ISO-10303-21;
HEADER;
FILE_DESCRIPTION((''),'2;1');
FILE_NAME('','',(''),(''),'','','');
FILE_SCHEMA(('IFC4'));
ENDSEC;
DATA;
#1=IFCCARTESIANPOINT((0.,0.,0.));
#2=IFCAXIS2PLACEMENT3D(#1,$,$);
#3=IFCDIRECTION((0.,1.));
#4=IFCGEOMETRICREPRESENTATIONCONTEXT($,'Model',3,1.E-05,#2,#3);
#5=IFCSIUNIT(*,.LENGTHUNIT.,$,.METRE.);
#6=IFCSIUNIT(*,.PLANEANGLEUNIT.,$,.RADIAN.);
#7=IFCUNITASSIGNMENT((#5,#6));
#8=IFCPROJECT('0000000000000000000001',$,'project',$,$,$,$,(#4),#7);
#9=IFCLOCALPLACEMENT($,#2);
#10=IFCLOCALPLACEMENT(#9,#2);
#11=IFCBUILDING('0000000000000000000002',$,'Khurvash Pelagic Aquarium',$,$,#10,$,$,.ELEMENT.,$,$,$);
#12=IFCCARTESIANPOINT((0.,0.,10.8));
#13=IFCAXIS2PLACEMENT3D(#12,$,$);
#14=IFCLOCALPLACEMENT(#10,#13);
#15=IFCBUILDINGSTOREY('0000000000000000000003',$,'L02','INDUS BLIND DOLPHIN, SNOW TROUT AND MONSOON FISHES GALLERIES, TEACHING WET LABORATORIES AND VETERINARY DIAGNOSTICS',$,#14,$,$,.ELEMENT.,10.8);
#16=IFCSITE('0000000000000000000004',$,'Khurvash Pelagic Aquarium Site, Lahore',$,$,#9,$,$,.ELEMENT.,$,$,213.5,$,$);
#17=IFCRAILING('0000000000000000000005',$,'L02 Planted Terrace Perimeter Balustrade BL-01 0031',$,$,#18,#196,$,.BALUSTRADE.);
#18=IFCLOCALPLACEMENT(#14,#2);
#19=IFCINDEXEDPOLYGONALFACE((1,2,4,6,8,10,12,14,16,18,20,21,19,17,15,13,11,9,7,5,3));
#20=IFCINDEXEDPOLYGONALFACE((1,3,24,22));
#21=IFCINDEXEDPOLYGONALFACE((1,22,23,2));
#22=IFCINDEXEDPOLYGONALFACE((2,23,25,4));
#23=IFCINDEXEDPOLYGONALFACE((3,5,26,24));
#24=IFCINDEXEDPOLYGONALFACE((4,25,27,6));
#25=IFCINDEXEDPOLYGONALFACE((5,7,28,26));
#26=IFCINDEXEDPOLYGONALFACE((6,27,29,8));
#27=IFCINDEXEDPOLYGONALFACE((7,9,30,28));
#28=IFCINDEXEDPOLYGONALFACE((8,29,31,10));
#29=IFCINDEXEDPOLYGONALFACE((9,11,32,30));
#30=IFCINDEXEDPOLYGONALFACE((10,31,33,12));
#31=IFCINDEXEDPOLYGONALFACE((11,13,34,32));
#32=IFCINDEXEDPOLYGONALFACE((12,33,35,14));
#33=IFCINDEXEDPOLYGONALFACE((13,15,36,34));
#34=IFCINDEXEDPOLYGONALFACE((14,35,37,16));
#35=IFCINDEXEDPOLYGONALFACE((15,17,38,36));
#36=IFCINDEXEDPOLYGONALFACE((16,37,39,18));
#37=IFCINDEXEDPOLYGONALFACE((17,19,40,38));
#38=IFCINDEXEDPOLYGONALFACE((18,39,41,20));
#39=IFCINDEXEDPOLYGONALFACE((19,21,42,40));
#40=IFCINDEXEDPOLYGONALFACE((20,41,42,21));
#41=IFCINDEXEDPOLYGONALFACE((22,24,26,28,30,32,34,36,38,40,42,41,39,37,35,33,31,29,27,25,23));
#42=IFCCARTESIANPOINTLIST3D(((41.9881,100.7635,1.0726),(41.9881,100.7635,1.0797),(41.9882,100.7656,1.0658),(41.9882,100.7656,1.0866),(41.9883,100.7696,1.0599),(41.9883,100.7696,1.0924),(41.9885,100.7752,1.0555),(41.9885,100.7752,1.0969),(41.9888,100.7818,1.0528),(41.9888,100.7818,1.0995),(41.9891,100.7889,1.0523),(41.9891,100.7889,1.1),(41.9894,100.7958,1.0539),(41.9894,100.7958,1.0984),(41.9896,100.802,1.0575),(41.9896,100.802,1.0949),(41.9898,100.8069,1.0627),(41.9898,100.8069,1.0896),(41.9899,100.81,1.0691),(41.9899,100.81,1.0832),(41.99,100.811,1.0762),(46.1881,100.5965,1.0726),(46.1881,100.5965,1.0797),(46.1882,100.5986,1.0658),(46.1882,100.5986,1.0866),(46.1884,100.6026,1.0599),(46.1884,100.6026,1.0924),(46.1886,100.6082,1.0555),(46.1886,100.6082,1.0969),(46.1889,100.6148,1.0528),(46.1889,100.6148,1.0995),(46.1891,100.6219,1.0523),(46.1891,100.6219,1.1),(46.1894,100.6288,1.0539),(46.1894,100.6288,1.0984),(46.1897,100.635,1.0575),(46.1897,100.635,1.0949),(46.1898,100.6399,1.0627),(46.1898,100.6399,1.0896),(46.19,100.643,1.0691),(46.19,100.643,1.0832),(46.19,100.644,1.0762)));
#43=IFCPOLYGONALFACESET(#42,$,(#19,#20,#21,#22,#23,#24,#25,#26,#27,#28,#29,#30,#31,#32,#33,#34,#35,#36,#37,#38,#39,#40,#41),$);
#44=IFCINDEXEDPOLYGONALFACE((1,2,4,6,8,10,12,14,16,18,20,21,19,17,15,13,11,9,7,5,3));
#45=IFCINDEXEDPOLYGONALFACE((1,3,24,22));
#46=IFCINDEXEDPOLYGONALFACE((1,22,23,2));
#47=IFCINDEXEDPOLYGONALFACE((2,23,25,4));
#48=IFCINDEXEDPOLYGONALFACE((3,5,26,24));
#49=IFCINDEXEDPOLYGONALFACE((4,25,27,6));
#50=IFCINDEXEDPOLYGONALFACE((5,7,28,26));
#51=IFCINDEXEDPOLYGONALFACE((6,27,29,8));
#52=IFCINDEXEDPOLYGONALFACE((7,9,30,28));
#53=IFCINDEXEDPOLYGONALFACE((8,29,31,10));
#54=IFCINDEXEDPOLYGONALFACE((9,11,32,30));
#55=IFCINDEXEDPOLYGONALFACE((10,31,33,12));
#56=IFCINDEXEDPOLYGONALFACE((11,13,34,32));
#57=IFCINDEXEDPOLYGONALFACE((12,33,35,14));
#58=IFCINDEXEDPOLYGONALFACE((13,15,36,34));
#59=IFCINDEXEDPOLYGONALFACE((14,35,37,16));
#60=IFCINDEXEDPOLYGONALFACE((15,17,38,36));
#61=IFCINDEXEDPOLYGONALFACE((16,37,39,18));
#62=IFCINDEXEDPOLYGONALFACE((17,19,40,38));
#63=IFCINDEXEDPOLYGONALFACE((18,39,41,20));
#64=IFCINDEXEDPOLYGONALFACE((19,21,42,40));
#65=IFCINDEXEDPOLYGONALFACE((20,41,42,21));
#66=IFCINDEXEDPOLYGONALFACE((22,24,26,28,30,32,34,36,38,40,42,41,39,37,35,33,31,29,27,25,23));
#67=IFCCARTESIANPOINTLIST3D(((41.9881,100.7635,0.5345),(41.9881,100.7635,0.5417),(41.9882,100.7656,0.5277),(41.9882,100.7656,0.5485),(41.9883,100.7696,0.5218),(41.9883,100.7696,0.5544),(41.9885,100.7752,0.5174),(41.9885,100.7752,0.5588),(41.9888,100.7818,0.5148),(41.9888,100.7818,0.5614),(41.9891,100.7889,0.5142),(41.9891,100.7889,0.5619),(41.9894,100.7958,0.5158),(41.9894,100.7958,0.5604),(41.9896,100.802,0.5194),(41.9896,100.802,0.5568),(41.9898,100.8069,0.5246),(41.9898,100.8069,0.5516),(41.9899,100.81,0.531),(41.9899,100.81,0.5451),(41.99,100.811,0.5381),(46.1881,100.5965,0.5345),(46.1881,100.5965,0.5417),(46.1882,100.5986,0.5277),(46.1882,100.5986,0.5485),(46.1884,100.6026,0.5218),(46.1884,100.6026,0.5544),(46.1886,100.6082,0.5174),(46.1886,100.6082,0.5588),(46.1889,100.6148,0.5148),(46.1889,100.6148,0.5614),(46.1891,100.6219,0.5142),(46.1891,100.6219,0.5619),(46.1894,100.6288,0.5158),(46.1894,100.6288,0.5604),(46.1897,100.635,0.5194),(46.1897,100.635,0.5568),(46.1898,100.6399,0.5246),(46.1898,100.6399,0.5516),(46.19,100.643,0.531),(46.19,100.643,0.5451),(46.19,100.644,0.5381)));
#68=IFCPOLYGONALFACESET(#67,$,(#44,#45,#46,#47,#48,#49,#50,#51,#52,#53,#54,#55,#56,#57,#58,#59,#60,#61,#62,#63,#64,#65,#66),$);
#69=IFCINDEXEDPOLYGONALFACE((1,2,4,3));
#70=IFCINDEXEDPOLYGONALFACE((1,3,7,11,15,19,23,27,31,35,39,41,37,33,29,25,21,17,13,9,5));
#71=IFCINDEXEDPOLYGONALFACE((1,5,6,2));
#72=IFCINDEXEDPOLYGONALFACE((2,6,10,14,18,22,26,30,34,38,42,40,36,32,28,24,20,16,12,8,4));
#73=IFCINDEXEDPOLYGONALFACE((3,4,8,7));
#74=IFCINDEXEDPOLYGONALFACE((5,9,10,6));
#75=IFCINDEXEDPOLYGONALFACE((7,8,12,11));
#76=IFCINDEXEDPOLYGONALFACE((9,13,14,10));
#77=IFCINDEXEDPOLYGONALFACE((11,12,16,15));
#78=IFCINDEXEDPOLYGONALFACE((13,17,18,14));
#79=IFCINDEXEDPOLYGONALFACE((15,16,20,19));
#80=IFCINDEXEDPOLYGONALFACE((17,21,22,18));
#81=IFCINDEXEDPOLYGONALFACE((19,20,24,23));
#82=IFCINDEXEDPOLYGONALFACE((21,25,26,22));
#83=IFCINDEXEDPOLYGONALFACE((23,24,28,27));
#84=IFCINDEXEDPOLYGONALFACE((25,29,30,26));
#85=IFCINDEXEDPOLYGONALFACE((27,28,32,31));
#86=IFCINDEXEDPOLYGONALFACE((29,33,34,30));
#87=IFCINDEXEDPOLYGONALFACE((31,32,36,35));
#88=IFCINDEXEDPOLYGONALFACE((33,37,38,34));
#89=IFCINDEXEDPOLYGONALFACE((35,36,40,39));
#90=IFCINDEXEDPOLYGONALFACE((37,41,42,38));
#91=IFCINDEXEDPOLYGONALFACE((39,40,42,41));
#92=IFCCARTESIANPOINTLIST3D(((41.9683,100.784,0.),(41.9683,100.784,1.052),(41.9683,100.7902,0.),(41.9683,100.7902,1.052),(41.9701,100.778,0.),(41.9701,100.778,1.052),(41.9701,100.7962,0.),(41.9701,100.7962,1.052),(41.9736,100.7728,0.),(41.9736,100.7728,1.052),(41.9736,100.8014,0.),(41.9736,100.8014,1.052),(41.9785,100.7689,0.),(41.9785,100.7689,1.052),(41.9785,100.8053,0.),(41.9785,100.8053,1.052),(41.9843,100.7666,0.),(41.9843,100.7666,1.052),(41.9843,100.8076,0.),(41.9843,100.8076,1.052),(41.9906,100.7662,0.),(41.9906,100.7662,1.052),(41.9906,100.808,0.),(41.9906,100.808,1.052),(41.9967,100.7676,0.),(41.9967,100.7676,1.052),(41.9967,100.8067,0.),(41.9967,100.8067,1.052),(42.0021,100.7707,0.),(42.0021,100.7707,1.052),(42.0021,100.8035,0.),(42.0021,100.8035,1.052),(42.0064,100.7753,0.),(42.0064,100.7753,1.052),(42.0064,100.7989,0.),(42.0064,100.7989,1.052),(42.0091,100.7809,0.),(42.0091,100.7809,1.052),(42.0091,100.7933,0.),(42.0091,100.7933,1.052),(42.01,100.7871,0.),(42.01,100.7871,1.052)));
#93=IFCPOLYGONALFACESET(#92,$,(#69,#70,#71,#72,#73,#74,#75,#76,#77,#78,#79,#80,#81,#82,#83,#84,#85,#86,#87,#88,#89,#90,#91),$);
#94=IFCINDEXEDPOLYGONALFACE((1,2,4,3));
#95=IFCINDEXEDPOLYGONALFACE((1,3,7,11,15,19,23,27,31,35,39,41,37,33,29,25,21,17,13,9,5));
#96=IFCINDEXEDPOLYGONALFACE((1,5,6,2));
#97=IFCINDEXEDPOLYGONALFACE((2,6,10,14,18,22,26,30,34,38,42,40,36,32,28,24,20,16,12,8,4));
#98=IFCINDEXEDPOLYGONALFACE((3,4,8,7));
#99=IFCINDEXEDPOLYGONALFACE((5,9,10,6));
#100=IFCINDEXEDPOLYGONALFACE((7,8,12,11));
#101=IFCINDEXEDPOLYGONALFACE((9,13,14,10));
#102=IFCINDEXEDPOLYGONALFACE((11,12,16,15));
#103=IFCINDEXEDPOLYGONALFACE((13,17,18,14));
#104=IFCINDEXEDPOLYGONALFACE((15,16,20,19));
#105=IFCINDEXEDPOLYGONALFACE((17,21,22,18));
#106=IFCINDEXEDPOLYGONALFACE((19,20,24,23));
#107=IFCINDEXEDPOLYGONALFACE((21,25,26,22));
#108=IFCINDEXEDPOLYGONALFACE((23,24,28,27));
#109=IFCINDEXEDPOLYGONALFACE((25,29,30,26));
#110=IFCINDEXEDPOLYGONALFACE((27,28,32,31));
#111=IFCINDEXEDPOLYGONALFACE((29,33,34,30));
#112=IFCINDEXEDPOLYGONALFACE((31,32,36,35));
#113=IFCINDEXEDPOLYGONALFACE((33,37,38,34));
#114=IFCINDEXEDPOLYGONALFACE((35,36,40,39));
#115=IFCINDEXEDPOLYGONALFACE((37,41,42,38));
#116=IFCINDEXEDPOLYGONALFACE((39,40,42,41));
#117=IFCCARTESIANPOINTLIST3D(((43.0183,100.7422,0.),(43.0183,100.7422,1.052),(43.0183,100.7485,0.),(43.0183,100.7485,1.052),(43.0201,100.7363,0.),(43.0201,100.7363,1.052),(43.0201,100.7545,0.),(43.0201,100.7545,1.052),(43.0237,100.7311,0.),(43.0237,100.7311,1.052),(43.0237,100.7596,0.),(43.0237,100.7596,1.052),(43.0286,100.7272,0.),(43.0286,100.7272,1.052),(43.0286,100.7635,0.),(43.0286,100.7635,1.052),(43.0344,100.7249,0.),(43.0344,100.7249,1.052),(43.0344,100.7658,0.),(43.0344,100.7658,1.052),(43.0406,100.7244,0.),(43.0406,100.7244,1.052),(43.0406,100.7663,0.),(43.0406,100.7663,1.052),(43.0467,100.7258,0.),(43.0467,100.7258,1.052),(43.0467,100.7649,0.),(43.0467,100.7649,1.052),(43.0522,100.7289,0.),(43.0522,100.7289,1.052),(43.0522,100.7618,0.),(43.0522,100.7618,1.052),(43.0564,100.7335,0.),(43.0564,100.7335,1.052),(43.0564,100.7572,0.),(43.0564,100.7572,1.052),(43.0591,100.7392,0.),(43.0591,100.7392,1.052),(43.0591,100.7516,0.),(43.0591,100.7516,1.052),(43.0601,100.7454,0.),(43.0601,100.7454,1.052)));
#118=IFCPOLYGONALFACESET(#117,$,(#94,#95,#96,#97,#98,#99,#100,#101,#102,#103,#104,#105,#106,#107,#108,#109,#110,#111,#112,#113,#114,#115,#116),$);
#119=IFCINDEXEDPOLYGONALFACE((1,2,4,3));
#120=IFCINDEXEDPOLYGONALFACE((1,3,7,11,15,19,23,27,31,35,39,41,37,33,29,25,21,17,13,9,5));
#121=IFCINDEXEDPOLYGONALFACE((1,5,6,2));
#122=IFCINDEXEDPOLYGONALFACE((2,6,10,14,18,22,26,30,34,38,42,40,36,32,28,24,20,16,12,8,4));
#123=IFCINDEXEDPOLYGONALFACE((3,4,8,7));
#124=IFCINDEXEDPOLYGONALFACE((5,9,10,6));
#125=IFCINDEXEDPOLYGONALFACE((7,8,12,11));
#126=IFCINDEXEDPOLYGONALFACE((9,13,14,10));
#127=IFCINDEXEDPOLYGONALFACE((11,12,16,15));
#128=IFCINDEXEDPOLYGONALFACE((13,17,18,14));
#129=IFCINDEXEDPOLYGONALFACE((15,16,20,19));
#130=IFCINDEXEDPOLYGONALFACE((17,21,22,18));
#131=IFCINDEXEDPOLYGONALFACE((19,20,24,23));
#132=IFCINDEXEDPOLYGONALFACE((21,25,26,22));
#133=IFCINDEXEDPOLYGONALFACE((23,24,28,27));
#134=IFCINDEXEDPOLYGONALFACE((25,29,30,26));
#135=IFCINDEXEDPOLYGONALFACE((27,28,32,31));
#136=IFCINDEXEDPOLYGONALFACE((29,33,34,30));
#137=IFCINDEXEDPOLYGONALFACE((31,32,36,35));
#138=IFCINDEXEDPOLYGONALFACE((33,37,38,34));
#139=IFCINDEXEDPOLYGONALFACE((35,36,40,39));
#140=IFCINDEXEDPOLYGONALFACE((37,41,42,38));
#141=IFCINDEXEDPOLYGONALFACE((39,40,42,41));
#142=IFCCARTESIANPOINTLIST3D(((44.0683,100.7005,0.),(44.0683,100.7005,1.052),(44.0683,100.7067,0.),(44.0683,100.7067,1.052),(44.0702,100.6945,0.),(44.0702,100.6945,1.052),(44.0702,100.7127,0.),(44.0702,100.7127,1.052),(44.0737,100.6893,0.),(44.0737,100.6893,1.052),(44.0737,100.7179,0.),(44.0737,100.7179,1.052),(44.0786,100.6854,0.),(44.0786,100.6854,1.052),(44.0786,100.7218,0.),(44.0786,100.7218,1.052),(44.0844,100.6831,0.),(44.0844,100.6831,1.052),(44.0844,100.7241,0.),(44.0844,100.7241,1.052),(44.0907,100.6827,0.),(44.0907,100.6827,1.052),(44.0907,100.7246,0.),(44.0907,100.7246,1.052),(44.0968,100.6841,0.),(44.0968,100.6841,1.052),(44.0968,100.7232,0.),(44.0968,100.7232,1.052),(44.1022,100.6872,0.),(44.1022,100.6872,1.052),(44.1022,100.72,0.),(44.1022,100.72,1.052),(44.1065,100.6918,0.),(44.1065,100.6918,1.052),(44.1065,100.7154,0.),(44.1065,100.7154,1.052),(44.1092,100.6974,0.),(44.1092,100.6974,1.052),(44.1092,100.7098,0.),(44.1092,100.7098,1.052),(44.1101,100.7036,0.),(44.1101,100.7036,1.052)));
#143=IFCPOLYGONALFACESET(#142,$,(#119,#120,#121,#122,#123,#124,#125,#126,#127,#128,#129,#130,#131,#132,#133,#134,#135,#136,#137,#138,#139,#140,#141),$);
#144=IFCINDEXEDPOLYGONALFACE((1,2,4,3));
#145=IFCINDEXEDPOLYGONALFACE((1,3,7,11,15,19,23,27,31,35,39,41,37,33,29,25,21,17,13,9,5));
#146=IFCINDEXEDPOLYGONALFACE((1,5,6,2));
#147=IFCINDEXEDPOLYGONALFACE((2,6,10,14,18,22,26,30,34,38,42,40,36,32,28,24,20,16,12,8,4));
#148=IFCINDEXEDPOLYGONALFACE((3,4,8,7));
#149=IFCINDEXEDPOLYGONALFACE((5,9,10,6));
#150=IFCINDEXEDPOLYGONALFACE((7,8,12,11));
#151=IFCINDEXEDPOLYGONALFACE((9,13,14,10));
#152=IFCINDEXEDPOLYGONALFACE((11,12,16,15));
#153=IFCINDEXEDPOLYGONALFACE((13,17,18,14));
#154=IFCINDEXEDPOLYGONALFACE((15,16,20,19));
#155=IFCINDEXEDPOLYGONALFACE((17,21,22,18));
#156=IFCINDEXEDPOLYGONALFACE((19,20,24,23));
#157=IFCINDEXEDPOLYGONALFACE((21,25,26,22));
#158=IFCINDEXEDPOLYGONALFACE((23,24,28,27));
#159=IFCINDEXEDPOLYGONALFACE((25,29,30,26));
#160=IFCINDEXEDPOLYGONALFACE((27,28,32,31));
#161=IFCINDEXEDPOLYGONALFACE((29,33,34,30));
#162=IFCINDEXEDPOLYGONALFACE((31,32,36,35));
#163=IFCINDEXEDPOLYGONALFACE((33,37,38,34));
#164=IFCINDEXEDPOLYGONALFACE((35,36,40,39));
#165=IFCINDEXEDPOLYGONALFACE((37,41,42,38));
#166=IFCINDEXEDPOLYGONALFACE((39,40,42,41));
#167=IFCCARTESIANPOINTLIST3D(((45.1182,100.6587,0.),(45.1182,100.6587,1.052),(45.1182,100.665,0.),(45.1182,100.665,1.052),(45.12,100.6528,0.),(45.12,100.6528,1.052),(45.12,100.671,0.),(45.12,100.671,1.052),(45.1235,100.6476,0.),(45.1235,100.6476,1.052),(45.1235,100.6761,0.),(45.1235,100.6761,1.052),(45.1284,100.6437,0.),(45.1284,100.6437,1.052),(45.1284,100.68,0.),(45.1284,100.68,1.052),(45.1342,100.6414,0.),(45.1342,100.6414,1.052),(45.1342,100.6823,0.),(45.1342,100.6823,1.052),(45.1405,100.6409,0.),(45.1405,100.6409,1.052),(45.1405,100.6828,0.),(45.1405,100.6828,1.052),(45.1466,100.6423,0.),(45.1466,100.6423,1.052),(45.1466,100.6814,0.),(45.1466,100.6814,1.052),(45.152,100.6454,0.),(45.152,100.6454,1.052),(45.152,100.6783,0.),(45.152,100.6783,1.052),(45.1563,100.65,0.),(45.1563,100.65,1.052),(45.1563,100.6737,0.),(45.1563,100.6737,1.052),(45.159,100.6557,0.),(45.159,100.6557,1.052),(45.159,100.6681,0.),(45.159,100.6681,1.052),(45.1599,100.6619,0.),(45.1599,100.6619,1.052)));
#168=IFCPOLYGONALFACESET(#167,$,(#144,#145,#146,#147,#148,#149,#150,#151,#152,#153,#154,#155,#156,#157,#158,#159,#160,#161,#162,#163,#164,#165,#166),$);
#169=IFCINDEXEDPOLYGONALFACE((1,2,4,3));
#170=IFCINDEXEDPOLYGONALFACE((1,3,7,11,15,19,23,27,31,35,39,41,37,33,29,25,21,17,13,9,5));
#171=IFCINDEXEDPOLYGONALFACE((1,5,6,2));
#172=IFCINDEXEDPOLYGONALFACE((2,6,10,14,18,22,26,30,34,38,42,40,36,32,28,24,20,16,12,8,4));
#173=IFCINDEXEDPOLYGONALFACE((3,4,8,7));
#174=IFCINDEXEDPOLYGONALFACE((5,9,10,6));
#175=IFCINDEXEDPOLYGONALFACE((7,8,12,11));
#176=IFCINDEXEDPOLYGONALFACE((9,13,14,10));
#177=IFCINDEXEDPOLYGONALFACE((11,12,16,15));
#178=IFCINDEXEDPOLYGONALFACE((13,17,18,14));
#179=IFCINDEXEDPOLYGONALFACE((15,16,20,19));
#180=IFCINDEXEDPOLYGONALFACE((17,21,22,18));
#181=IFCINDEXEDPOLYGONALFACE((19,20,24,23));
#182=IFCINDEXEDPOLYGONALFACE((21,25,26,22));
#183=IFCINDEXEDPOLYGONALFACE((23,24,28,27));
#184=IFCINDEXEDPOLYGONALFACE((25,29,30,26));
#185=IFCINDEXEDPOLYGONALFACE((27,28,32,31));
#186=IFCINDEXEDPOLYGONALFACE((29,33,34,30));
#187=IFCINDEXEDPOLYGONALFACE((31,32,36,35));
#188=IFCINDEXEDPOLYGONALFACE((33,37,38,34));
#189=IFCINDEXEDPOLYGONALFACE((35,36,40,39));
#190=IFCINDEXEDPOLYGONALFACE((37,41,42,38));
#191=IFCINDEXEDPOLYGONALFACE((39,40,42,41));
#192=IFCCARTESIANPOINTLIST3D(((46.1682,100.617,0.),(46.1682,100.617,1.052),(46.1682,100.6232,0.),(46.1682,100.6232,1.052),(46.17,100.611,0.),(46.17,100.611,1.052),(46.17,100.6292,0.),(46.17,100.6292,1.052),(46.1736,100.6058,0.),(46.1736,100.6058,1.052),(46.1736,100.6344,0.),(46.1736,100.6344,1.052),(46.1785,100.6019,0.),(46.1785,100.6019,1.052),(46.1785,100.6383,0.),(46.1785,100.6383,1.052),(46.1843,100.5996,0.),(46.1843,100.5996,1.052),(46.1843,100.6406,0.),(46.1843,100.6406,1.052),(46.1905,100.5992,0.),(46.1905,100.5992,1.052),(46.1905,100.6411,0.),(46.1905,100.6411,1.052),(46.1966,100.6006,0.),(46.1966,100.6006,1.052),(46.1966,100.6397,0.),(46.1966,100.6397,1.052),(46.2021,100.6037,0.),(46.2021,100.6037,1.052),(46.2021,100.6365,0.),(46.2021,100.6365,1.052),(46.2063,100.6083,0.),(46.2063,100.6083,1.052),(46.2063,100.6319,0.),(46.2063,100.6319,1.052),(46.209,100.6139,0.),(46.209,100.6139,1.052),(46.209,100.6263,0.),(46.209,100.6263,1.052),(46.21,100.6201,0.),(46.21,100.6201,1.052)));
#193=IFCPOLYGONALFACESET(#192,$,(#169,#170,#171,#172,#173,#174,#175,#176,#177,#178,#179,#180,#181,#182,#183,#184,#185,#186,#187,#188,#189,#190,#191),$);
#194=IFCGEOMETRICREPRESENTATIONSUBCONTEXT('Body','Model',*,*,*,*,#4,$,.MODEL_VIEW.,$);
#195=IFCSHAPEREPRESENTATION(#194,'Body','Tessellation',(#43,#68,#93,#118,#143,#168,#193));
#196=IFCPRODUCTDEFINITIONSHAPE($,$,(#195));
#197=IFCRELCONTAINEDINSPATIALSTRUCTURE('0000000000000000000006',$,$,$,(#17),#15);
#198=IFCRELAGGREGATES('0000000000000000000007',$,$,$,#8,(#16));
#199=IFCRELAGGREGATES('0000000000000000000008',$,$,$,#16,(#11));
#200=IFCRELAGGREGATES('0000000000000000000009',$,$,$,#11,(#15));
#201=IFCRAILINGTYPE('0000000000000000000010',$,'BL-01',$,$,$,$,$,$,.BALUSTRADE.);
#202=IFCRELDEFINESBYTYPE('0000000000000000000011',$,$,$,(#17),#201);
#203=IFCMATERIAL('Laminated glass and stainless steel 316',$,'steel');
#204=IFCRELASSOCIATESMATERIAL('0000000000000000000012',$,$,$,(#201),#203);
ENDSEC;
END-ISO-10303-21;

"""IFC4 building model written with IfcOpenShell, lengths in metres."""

from ifc_helpers import new_model, si_unit, direction, frame, origin, origin_2d, place, context, subcontext, project, spatial, circle, extrude, material, type_object, element, save


model = new_model("IFC4")

# Units and contexts
model_context = context("Model", 3, precision=1e-05, world=origin(), true_north=direction((0.0, 1.0)))
body_context = subcontext(model_context, "Body", "Model", "MODEL_VIEW")
ifc_project = project(units=[si_unit("LENGTHUNIT", "METRE"), si_unit("PLANEANGLEUNIT", "RADIAN")], contexts=[model_context])

# Site, building, storey
site_placement = place(None, origin())
site = spatial("IfcSite", under=ifc_project, at=site_placement, Name="Khurvash Pelagic Aquarium Site, Lahore", CompositionType="ELEMENT", RefElevation=213.5)
building_placement = place(site_placement, origin())
building = spatial("IfcBuilding", under=site, at=building_placement, Name="Khurvash Pelagic Aquarium", CompositionType="ELEMENT")
storey_placement = place(building_placement, frame((0.0, 0.0, 10.8)))
storey = spatial("IfcBuildingStorey", under=building, at=storey_placement, Name="L02", Description="INDUS BLIND DOLPHIN, SNOW TROUT AND MONSOON FISHES GALLERIES, TEACHING WET LABORATORIES AND VETERINARY DIAGNOSTICS", CompositionType="ELEMENT", Elevation=10.8)

# Railing
ifc_material_1 = material(Name="Laminated glass and stainless steel 316", Category="steel")
railing_type = type_object("IfcRailingType", Name="BL-01", PredefinedType="BALUSTRADE", material=ifc_material_1)
railing_1_placement = place(storey_placement, frame((41.989, 100.7871, 0.0)))
element("IfcRailing", 1, at=railing_1_placement, inside=storey, type_object=railing_type, Name="L02 Planted Terrace Perimeter Balustrade BL-01 0031", PredefinedType="BALUSTRADE", context=body_context, shape_type="SweptSolid", body=[
    extrude(circle(Radius=0.0239, at=origin_2d()), frame((0.0, 0.0, 1.0762), z_axis=(0.99921, -0.039729, 0.0), x_axis=(0.039729, 0.99921, 0.0)), (0.0, 0.0, 1.0), 4.2034),
    extrude(circle(Radius=0.0239, at=origin_2d()), frame((0.0, 0.0, 0.5381), z_axis=(0.99921, -0.039729, 0.0), x_axis=(0.039729, 0.99921, 0.0)), (0.0, 0.0, 1.0), 4.2034),
    extrude(circle(Radius=0.021, at=origin_2d()), origin(), (0.0, 0.0, 1.0), 1.052),
    extrude(circle(Radius=0.021, at=origin_2d()), frame((1.05, -0.0417, 0.0)), (0.0, 0.0, 1.0), 1.052),
    extrude(circle(Radius=0.021, at=origin_2d()), frame((2.1001, -0.0835, 0.0)), (0.0, 0.0, 1.0), 1.052),
    extrude(circle(Radius=0.021, at=origin_2d()), frame((3.1499, -0.1252, 0.0)), (0.0, 0.0, 1.0), 1.052),
    extrude(circle(Radius=0.021, at=origin_2d()), frame((4.2, -0.167, 0.0)), (0.0, 0.0, 1.0), 1.052),
])

save(model, "model.ifc")
